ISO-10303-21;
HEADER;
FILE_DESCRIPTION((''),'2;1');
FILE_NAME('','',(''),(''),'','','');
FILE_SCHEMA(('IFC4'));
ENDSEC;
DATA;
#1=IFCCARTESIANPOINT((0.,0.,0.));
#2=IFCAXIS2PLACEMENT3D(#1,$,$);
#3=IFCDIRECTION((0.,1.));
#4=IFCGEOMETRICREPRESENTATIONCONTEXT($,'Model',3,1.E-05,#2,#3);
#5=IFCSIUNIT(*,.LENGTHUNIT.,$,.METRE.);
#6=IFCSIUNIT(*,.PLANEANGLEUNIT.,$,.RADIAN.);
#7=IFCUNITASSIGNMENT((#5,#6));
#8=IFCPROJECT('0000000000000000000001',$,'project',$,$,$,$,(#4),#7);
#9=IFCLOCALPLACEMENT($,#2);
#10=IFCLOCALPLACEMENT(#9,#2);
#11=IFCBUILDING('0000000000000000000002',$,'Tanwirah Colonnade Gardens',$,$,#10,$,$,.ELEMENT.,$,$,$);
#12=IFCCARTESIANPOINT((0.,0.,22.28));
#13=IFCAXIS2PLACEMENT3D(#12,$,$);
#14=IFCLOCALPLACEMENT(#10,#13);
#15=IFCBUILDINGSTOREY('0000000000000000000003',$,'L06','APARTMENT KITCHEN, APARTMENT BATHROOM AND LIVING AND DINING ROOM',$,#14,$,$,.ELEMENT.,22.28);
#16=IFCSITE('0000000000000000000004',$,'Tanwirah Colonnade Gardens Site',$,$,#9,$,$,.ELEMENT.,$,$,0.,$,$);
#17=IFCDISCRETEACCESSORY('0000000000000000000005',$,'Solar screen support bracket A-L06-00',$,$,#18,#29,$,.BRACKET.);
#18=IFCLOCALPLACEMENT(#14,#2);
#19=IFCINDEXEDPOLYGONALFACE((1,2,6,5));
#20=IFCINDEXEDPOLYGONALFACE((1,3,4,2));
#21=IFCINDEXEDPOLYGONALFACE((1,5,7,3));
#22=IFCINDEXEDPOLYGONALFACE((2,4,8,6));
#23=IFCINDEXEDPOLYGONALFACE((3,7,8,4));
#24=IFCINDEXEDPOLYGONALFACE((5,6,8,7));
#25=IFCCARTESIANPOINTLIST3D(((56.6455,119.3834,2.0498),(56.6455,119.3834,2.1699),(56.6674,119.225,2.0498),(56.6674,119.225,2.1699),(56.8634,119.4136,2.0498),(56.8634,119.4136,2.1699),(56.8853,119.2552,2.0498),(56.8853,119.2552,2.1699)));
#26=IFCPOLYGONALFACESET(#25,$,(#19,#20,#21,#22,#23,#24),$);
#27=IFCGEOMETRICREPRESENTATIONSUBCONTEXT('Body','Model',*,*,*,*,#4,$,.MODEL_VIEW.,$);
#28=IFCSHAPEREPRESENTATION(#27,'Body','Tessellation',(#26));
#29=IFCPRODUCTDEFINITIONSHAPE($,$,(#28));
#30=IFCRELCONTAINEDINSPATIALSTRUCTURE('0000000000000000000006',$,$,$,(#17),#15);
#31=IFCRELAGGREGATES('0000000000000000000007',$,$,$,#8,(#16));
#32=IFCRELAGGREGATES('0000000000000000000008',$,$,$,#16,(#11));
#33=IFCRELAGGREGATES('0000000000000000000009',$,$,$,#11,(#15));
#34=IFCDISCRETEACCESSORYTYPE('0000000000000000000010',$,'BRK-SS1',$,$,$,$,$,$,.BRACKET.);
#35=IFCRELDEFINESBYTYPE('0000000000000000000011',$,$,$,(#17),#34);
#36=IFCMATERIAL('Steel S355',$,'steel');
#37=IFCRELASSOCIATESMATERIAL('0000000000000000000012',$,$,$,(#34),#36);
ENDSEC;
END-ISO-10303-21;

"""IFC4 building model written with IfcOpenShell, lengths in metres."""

from ifc_helpers import new_model, si_unit, direction, frame, origin, origin_2d, place, context, subcontext, project, spatial, rectangle, extrude, material, type_object, element, save


model = new_model("IFC4")

# Units and contexts
model_context = context("Model", 3, precision=1e-05, world=origin(), true_north=direction((0.0, 1.0)))
body_context = subcontext(model_context, "Body", "Model", "MODEL_VIEW")
ifc_project = project(units=[si_unit("LENGTHUNIT", "METRE"), si_unit("PLANEANGLEUNIT", "RADIAN")], contexts=[model_context])

# Site, building, storey
site_placement = place(None, origin())
site = spatial("IfcSite", under=ifc_project, at=site_placement, Name="Tanwirah Colonnade Gardens Site", CompositionType="ELEMENT", RefElevation=0.0)
building_placement = place(site_placement, origin())
building = spatial("IfcBuilding", under=site, at=building_placement, Name="Tanwirah Colonnade Gardens", CompositionType="ELEMENT")
storey_placement = place(building_placement, frame((0.0, 0.0, 22.28)))
storey = spatial("IfcBuildingStorey", under=building, at=storey_placement, Name="L06", Description="APARTMENT KITCHEN, APARTMENT BATHROOM AND LIVING AND DINING ROOM", CompositionType="ELEMENT", Elevation=22.28)

# Discrete accessory
ifc_material_1 = material(Name="Steel S355", Category="steel")
discrete_accessory_type = type_object("IfcDiscreteAccessoryType", Name="BRK-SS1", PredefinedType="BRACKET", material=ifc_material_1)
discrete_accessory_placement = place(storey_placement, frame((56.7654, 119.3193, 2.0498), z_axis=(0.0, 0.0, 1.0), x_axis=(-0.990536, -0.137251, 0.0)))
element("IfcDiscreteAccessory", 1, at=discrete_accessory_placement, inside=storey, type_object=discrete_accessory_type, Name="Solar screen support bracket A-L06-00", PredefinedType="BRACKET", context=body_context, shape_type="SweptSolid", body=[
    extrude(rectangle(XDim=0.22, YDim=0.1599, at=origin_2d()), origin(), (0.0, 0.0, 1.0), 0.1201),
])

save(model, "model.ifc")
